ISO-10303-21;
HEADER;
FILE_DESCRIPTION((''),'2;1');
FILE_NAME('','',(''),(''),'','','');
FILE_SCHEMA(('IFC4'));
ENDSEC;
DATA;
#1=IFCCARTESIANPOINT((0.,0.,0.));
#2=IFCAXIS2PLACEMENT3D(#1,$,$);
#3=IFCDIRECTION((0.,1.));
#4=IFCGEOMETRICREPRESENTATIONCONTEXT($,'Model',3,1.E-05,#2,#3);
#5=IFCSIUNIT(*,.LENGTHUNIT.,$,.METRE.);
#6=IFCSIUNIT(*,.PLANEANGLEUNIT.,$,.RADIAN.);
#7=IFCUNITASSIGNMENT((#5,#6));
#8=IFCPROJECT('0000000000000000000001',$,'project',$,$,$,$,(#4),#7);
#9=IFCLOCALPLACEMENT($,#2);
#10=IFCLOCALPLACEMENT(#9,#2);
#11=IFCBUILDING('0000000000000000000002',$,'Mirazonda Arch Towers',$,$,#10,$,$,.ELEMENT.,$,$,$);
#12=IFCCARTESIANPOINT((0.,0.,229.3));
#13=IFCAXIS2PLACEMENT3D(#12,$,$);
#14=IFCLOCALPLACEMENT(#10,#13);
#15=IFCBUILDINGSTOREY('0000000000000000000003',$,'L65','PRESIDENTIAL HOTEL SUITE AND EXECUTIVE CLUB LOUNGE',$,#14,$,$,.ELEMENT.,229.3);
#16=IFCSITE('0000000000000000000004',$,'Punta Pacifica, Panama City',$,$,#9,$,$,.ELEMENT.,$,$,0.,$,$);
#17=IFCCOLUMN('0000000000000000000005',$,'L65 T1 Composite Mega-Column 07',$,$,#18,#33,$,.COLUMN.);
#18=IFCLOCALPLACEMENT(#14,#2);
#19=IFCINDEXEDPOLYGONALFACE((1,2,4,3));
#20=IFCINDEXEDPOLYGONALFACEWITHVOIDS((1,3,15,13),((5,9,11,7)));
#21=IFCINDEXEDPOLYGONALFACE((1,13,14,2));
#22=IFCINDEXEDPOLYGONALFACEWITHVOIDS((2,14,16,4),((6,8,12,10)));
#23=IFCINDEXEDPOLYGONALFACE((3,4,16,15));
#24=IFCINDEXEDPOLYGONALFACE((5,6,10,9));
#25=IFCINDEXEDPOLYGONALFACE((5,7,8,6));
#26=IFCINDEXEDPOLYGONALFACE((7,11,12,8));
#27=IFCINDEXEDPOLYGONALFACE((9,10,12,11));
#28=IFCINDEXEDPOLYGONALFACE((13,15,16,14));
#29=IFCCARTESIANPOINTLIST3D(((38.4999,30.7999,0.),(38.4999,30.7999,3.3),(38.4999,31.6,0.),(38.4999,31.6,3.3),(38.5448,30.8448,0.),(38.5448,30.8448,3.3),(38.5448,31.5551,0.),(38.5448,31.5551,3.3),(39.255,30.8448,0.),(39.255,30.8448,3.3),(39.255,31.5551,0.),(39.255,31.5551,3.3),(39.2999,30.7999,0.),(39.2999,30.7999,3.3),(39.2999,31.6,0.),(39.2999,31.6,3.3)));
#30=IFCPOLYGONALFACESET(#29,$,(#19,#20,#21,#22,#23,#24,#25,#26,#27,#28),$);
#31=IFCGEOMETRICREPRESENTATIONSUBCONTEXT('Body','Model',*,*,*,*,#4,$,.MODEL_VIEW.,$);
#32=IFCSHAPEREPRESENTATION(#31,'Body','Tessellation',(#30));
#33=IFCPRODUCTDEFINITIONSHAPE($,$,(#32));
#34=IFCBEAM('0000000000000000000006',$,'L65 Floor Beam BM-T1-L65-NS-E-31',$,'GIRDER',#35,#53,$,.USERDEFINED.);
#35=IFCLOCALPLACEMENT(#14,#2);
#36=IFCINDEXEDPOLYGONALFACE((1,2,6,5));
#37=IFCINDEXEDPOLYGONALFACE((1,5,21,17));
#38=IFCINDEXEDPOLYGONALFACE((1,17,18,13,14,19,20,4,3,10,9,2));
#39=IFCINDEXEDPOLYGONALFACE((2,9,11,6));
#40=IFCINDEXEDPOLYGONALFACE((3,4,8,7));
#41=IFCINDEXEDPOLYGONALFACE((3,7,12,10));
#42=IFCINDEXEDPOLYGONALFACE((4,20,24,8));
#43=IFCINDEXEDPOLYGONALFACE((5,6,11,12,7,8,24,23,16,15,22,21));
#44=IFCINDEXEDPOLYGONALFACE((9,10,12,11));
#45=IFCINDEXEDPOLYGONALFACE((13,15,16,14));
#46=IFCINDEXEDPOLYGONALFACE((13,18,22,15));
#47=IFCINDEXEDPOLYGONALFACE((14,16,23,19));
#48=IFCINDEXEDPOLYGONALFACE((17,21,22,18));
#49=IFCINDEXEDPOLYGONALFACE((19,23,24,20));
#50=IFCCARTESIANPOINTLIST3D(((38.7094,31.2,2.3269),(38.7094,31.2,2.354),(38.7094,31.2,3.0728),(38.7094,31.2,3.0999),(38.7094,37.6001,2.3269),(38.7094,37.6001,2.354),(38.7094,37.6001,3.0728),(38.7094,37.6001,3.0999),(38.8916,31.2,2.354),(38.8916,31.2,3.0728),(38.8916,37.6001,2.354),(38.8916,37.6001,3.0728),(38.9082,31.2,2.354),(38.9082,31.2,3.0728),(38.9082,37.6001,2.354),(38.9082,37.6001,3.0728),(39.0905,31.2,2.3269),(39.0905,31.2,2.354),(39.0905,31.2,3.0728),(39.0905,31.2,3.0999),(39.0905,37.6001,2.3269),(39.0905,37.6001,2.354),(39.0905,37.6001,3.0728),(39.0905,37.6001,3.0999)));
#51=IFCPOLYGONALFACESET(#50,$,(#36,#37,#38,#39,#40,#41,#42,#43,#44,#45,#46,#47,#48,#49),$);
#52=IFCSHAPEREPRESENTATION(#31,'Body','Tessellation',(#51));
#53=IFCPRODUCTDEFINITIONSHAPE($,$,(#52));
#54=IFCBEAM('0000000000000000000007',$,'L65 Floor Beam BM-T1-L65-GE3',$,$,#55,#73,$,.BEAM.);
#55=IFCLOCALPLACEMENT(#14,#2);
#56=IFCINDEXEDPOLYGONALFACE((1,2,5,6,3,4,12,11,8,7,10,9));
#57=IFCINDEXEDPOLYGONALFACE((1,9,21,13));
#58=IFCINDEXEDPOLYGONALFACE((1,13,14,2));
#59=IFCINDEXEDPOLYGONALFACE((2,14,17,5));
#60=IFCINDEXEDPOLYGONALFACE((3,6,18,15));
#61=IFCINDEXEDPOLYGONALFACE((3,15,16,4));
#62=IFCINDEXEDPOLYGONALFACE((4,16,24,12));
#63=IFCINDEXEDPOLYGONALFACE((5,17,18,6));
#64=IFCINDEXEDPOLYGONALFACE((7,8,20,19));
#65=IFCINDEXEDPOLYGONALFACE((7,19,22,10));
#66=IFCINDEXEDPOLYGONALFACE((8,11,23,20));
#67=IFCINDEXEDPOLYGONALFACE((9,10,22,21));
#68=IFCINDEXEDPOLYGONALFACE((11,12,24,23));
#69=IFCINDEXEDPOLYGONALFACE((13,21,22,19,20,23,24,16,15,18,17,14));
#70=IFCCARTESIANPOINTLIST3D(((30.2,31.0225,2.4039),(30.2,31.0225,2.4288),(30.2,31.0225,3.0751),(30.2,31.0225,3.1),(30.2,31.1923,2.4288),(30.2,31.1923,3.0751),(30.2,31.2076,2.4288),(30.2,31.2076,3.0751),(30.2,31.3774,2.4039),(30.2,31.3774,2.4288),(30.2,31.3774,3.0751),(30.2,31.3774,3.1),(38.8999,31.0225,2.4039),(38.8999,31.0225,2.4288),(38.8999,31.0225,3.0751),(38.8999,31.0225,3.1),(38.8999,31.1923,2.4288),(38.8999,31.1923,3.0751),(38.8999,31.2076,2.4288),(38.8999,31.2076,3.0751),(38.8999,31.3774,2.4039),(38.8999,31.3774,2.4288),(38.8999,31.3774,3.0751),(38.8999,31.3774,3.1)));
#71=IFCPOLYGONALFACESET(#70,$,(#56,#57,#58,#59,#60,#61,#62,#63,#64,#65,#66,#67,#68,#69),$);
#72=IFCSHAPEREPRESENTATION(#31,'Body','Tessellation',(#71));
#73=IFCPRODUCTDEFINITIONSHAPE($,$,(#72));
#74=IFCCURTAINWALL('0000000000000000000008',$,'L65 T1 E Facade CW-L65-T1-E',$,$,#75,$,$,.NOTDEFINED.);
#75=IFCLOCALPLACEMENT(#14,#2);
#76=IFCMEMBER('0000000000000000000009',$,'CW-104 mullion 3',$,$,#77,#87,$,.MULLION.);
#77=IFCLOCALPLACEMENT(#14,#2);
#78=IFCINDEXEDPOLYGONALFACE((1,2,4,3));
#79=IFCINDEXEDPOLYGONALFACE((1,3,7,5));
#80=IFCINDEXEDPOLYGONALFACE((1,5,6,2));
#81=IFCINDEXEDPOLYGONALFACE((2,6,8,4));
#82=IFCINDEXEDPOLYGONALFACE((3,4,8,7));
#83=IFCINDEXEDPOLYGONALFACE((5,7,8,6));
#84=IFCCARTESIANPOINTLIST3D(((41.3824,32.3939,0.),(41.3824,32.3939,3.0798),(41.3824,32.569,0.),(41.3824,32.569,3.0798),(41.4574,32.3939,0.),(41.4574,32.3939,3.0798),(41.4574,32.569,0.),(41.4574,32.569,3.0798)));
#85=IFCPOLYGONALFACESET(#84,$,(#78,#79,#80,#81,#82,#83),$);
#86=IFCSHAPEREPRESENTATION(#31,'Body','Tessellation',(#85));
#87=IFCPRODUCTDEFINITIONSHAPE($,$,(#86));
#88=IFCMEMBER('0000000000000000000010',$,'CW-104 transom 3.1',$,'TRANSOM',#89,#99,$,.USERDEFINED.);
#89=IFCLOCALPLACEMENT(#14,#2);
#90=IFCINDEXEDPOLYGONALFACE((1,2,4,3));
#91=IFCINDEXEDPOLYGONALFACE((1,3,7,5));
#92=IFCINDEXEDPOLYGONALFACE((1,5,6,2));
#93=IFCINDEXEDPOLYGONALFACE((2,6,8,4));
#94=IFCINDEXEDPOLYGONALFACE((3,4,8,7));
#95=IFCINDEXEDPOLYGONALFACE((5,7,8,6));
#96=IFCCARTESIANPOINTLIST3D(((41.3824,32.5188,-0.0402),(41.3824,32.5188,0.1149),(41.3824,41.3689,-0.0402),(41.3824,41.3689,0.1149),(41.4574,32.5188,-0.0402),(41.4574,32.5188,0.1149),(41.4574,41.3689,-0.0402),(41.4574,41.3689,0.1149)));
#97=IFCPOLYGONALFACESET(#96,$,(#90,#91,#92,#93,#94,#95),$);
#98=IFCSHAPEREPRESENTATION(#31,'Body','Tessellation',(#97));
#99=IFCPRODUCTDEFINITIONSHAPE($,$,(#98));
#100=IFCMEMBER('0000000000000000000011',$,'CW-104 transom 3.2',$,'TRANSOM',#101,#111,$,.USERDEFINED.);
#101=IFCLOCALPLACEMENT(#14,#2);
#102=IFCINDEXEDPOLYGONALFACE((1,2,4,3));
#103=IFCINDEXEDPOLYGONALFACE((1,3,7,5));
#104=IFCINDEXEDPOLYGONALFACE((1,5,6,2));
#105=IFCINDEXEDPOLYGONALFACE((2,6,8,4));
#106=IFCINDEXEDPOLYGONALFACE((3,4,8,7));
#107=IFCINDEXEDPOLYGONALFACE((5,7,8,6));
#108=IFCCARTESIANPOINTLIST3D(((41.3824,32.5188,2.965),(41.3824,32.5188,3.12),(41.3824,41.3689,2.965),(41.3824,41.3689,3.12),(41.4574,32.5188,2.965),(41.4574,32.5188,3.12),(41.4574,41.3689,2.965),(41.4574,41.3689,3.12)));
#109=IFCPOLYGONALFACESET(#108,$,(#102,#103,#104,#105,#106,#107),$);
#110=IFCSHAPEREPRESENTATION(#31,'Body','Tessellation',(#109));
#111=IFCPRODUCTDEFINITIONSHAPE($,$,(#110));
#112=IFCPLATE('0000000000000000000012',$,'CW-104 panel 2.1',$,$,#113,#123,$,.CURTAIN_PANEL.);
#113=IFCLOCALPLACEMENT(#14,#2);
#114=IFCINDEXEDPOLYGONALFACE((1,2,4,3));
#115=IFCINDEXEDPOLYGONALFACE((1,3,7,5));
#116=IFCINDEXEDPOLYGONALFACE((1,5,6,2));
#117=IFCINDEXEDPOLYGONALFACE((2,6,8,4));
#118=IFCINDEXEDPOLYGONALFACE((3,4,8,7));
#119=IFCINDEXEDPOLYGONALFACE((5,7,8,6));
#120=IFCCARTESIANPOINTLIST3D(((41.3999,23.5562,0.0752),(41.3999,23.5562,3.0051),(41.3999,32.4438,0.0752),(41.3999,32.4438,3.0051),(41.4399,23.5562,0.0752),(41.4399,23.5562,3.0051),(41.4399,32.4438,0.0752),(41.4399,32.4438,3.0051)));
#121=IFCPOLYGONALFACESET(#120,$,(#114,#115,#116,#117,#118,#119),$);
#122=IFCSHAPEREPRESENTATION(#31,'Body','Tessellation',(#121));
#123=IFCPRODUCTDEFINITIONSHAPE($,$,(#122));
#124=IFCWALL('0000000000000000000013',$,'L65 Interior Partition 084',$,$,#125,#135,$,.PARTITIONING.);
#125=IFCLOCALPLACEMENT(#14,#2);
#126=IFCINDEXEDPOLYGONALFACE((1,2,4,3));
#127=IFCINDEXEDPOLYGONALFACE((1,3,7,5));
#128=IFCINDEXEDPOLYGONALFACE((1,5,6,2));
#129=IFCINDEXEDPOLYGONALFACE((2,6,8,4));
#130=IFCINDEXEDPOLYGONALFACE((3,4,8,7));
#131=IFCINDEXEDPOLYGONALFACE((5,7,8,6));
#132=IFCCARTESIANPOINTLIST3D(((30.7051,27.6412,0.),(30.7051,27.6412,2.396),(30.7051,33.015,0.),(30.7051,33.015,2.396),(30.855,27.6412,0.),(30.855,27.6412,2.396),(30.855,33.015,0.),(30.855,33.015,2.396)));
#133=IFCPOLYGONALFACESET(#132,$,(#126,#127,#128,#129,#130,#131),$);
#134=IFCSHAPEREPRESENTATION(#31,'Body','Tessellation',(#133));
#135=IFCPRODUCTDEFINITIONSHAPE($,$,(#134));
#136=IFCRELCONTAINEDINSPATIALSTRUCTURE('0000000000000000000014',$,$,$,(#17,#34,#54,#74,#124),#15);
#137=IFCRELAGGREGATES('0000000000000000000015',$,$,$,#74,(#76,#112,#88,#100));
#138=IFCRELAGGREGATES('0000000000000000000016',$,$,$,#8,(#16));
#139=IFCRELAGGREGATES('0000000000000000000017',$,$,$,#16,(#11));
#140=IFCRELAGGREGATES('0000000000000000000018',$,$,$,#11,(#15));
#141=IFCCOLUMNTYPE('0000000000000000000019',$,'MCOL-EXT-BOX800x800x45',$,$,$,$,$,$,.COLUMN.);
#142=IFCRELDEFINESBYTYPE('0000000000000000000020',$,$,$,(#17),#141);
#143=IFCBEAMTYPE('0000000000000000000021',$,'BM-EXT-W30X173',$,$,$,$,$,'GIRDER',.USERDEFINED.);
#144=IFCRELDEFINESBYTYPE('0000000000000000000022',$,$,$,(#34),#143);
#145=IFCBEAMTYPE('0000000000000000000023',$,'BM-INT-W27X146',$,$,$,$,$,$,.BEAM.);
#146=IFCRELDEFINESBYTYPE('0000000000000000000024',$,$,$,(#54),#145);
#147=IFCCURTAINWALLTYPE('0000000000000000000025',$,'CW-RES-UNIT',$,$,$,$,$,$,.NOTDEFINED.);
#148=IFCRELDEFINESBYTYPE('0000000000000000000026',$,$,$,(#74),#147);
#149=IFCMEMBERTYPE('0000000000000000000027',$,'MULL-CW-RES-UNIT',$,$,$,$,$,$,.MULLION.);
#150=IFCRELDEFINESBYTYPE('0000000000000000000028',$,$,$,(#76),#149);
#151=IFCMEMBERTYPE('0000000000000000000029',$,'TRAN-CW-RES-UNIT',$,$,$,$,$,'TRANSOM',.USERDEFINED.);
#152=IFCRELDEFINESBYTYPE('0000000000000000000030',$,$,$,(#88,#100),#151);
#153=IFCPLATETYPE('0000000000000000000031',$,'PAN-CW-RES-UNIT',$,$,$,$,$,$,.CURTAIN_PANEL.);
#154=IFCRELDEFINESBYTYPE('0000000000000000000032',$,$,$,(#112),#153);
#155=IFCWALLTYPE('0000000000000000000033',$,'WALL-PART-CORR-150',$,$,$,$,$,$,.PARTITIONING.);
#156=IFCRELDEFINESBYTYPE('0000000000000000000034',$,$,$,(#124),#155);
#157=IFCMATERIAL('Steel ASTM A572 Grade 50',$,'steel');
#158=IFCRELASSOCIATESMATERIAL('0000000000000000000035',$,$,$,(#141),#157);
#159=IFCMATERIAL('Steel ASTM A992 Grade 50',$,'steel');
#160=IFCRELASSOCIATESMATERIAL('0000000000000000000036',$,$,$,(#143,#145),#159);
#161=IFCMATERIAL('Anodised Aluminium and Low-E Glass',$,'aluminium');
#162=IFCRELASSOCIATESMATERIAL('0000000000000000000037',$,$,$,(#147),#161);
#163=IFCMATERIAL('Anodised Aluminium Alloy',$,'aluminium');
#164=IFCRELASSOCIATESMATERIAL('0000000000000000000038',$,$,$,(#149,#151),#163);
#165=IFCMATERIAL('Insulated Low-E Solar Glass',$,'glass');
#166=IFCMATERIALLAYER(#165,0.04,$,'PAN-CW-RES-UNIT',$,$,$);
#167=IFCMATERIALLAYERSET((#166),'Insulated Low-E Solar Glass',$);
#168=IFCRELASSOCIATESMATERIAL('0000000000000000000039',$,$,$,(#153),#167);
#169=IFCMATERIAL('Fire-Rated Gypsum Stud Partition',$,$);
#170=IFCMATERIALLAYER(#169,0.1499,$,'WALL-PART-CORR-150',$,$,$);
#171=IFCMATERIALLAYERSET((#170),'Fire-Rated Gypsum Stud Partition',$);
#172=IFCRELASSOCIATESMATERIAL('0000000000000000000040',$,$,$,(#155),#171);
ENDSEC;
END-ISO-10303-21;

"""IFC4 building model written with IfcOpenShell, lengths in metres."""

from ifc_helpers import new_model, si_unit, direction, frame, frame_2d, origin, origin_2d, place, context, subcontext, project, spatial, rectangle, hollow_rectangle, i_section, extrude, material, layer, layer_set, material_profile, profile_set, type_object, element, aggregate, save


model = new_model("IFC4")

# Units and contexts
model_context = context("Model", 3, precision=1e-05, world=origin(), true_north=direction((0.0, 1.0)))
body_context = subcontext(model_context, "Body", "Model", "MODEL_VIEW")
ifc_project = project(units=[si_unit("LENGTHUNIT", "METRE"), si_unit("PLANEANGLEUNIT", "RADIAN")], contexts=[model_context])

# Site, building, storey
site_placement = place(None, origin())
site = spatial("IfcSite", under=ifc_project, at=site_placement, Name="Punta Pacifica, Panama City", CompositionType="ELEMENT", RefElevation=0.0)
building_placement = place(site_placement, origin())
building = spatial("IfcBuilding", under=site, at=building_placement, Name="Mirazonda Arch Towers", CompositionType="ELEMENT")
storey_placement = place(building_placement, frame((0.0, 0.0, 229.3)))
storey = spatial("IfcBuildingStorey", under=building, at=storey_placement, Name="L65", Description="PRESIDENTIAL HOTEL SUITE AND EXECUTIVE CLUB LOUNGE", CompositionType="ELEMENT", Elevation=229.3)

# Column
ifc_material_1 = material(Name="Steel ASTM A572 Grade 50", Category="steel")
ifc_material_profile_1 = material_profile(ifc_material_1, hollow_rectangle(XDim=0.8, YDim=0.8, WallThickness=0.0449, at=origin_2d()), Name="BOX800x800x45")
ifc_profile_set_1 = profile_set([ifc_material_profile_1], Name="Steel ASTM A572 Grade 50")
column_type = type_object("IfcColumnType", Name="MCOL-EXT-BOX800x800x45", PredefinedType="COLUMN", material=ifc_profile_set_1)
column_placement = place(storey_placement, frame((38.8999, 31.2, 0.0), z_axis=(0.0, 0.0, 1.0), x_axis=(1.0, 0.0, 0.0)))
element("IfcColumn", 1, at=column_placement, inside=storey, type_object=column_type, Name="L65 T1 Composite Mega-Column 07", PredefinedType="COLUMN", context=body_context, shape_type="SweptSolid", body=[
    extrude(hollow_rectangle(XDim=0.8, YDim=0.8, WallThickness=0.0449, at=origin_2d()), origin(), (0.0, 0.0, 1.0), 3.3),
])

# Beams
ifc_material_2 = material(Name="Steel ASTM A992 Grade 50", Category="steel")
ifc_material_profile_2 = material_profile(ifc_material_2, i_section(OverallWidth=0.3811, OverallDepth=0.7729, WebThickness=0.0166, FlangeThickness=0.0271, at=origin_2d()), Name="W30X173")
ifc_profile_set_2 = profile_set([ifc_material_profile_2], Name="Steel ASTM A992 Grade 50")
beam_type_1 = type_object("IfcBeamType", Name="BM-EXT-W30X173", ElementType="GIRDER", PredefinedType="USERDEFINED", material=ifc_profile_set_2)
beam_1_placement = place(storey_placement, frame((38.8999, 31.2, 2.7134), z_axis=(0.0, 1.0, 0.0), x_axis=(-1.0, 0.0, 0.0)))
element("IfcBeam", 2, at=beam_1_placement, inside=storey, type_object=beam_type_1, Name="L65 Floor Beam BM-T1-L65-NS-E-31", ObjectType="GIRDER", PredefinedType="USERDEFINED", context=body_context, shape_type="SweptSolid", body=[
    extrude(i_section(OverallWidth=0.3811, OverallDepth=0.7729, WebThickness=0.0166, FlangeThickness=0.0271, at=origin_2d()), origin(), (0.0, 0.0, 1.0), 6.4001),
])
ifc_material_profile_3 = material_profile(ifc_material_2, i_section(OverallWidth=0.355, OverallDepth=0.696, WebThickness=0.0154, FlangeThickness=0.0249, at=origin_2d()), Name="W27X146")
ifc_profile_set_3 = profile_set([ifc_material_profile_3], Name="Steel ASTM A992 Grade 50")
beam_type_2 = type_object("IfcBeamType", Name="BM-INT-W27X146", PredefinedType="BEAM", material=ifc_profile_set_3)
beam_2_placement = place(storey_placement, frame((30.2, 31.2, 2.752), z_axis=(1.0, 0.0, 0.0), x_axis=(0.0, 1.0, 0.0)))
element("IfcBeam", 3, at=beam_2_placement, inside=storey, type_object=beam_type_2, Name="L65 Floor Beam BM-T1-L65-GE3", PredefinedType="BEAM", context=body_context, shape_type="SweptSolid", body=[
    extrude(i_section(OverallWidth=0.355, OverallDepth=0.696, WebThickness=0.0154, FlangeThickness=0.0249, at=origin_2d()), origin(), (0.0, 0.0, 1.0), 8.7),
])

# Curtain wall, members, plate
ifc_material_3 = material(Name="Anodised Aluminium and Low-E Glass", Category="aluminium")
curtain_wall_type = type_object("IfcCurtainWallType", Name="CW-RES-UNIT", PredefinedType="NOTDEFINED", material=ifc_material_3)
curtain_wall_placement = place(storey_placement, origin())
curtain_wall = element("IfcCurtainWall", 4, at=curtain_wall_placement, inside=storey, type_object=curtain_wall_type, Name="L65 T1 E Facade CW-L65-T1-E", PredefinedType="NOTDEFINED")
ifc_material_4 = material(Name="Anodised Aluminium Alloy", Category="aluminium")
ifc_material_profile_4 = material_profile(ifc_material_4, rectangle(XDim=0.075, YDim=0.175, at=origin_2d()), Name="ALU-MULL-75x175")
ifc_profile_set_4 = profile_set([ifc_material_profile_4], Name="Anodised Aluminium Alloy")
member_type_1 = type_object("IfcMemberType", Name="MULL-CW-RES-UNIT", PredefinedType="MULLION", material=ifc_profile_set_4)
member_1_placement = place(storey_placement, frame((41.4199, 32.4814, 0.0), z_axis=(0.0, 0.0, 1.0), x_axis=(-1.0, 0.0, 0.0)))
member_1 = element("IfcMember", 5, at=member_1_placement, type_object=member_type_1, Name="CW-104 mullion 3", PredefinedType="MULLION", context=body_context, shape_type="SweptSolid", body=[
    extrude(rectangle(XDim=0.075, YDim=0.175, at=origin_2d()), origin(), (0.0, 0.0, 1.0), 3.0798),
])
ifc_material_profile_5 = material_profile(ifc_material_4, rectangle(XDim=0.075, YDim=0.155, at=origin_2d()), Name="ALU-TRAN-75x155")
ifc_profile_set_5 = profile_set([ifc_material_profile_5], Name="Anodised Aluminium Alloy")
member_type_2 = type_object("IfcMemberType", Name="TRAN-CW-RES-UNIT", ElementType="TRANSOM", PredefinedType="USERDEFINED", material=ifc_profile_set_5)
member_2_placement = place(storey_placement, frame((41.4199, 32.5188, 0.0374), z_axis=(0.0, 1.0, 0.0), x_axis=(-1.0, 0.0, 0.0)))
member_2 = element("IfcMember", 6, at=member_2_placement, type_object=member_type_2, Name="CW-104 transom 3.1", ObjectType="TRANSOM", PredefinedType="USERDEFINED", context=body_context, shape_type="SweptSolid", body=[
    extrude(rectangle(XDim=0.075, YDim=0.155, at=origin_2d()), origin(), (0.0, 0.0, 1.0), 8.8501),
])
member_3_placement = place(storey_placement, frame((41.4199, 32.5188, 3.0425), z_axis=(0.0, 1.0, 0.0), x_axis=(-1.0, 0.0, 0.0)))
member_3 = element("IfcMember", 7, at=member_3_placement, type_object=member_type_2, Name="CW-104 transom 3.2", ObjectType="TRANSOM", PredefinedType="USERDEFINED", context=body_context, shape_type="SweptSolid", body=[
    extrude(rectangle(XDim=0.075, YDim=0.155, at=origin_2d()), origin(), (0.0, 0.0, 1.0), 8.8501),
])
ifc_material_5 = material(Name="Insulated Low-E Solar Glass", Category="glass")
ifc_layer_1 = layer(ifc_material_5, 0.04, Name="PAN-CW-RES-UNIT")
ifc_layer_set_1 = layer_set([ifc_layer_1], Name="Insulated Low-E Solar Glass")
plate_type = type_object("IfcPlateType", Name="PAN-CW-RES-UNIT", PredefinedType="CURTAIN_PANEL", material=ifc_layer_set_1)
plate_placement = place(storey_placement, frame((41.4199, 28.0, 0.0752), z_axis=(0.0, 0.0, 1.0), x_axis=(0.0, 1.0, 0.0)))
plate = element("IfcPlate", 8, at=plate_placement, type_object=plate_type, Name="CW-104 panel 2.1", PredefinedType="CURTAIN_PANEL", context=body_context, shape_type="SweptSolid", body=[
    extrude(rectangle(XDim=8.8877, YDim=0.04, at=origin_2d()), origin(), (0.0, 0.0, 1.0), 2.9299),
])
aggregate(curtain_wall, [member_1, plate, member_2, member_3])

# Wall
ifc_material_6 = material(Name="Fire-Rated Gypsum Stud Partition")
ifc_layer_2 = layer(ifc_material_6, 0.1499, Name="WALL-PART-CORR-150")
ifc_layer_set_2 = layer_set([ifc_layer_2], Name="Fire-Rated Gypsum Stud Partition")
wall_type_1 = type_object("IfcWallType", Name="WALL-PART-CORR-150", PredefinedType="PARTITIONING", material=ifc_layer_set_2)
wall_1_placement = place(storey_placement, frame((30.78, 27.6411, 0.0), z_axis=(0.0, 0.0, 1.0), x_axis=(0.0, 1.0, 0.0)))
element("IfcWall", 9, at=wall_1_placement, inside=storey, type_object=wall_type_1, Name="L65 Interior Partition 084", PredefinedType="PARTITIONING", context=body_context, shape_type="SweptSolid", body=[
    extrude(rectangle(XDim=5.3738, YDim=0.1499, at=frame_2d((2.687, 0.0))), origin(), (0.0, 0.0, 1.0), 2.396),
])

save(model, "model.ifc")
